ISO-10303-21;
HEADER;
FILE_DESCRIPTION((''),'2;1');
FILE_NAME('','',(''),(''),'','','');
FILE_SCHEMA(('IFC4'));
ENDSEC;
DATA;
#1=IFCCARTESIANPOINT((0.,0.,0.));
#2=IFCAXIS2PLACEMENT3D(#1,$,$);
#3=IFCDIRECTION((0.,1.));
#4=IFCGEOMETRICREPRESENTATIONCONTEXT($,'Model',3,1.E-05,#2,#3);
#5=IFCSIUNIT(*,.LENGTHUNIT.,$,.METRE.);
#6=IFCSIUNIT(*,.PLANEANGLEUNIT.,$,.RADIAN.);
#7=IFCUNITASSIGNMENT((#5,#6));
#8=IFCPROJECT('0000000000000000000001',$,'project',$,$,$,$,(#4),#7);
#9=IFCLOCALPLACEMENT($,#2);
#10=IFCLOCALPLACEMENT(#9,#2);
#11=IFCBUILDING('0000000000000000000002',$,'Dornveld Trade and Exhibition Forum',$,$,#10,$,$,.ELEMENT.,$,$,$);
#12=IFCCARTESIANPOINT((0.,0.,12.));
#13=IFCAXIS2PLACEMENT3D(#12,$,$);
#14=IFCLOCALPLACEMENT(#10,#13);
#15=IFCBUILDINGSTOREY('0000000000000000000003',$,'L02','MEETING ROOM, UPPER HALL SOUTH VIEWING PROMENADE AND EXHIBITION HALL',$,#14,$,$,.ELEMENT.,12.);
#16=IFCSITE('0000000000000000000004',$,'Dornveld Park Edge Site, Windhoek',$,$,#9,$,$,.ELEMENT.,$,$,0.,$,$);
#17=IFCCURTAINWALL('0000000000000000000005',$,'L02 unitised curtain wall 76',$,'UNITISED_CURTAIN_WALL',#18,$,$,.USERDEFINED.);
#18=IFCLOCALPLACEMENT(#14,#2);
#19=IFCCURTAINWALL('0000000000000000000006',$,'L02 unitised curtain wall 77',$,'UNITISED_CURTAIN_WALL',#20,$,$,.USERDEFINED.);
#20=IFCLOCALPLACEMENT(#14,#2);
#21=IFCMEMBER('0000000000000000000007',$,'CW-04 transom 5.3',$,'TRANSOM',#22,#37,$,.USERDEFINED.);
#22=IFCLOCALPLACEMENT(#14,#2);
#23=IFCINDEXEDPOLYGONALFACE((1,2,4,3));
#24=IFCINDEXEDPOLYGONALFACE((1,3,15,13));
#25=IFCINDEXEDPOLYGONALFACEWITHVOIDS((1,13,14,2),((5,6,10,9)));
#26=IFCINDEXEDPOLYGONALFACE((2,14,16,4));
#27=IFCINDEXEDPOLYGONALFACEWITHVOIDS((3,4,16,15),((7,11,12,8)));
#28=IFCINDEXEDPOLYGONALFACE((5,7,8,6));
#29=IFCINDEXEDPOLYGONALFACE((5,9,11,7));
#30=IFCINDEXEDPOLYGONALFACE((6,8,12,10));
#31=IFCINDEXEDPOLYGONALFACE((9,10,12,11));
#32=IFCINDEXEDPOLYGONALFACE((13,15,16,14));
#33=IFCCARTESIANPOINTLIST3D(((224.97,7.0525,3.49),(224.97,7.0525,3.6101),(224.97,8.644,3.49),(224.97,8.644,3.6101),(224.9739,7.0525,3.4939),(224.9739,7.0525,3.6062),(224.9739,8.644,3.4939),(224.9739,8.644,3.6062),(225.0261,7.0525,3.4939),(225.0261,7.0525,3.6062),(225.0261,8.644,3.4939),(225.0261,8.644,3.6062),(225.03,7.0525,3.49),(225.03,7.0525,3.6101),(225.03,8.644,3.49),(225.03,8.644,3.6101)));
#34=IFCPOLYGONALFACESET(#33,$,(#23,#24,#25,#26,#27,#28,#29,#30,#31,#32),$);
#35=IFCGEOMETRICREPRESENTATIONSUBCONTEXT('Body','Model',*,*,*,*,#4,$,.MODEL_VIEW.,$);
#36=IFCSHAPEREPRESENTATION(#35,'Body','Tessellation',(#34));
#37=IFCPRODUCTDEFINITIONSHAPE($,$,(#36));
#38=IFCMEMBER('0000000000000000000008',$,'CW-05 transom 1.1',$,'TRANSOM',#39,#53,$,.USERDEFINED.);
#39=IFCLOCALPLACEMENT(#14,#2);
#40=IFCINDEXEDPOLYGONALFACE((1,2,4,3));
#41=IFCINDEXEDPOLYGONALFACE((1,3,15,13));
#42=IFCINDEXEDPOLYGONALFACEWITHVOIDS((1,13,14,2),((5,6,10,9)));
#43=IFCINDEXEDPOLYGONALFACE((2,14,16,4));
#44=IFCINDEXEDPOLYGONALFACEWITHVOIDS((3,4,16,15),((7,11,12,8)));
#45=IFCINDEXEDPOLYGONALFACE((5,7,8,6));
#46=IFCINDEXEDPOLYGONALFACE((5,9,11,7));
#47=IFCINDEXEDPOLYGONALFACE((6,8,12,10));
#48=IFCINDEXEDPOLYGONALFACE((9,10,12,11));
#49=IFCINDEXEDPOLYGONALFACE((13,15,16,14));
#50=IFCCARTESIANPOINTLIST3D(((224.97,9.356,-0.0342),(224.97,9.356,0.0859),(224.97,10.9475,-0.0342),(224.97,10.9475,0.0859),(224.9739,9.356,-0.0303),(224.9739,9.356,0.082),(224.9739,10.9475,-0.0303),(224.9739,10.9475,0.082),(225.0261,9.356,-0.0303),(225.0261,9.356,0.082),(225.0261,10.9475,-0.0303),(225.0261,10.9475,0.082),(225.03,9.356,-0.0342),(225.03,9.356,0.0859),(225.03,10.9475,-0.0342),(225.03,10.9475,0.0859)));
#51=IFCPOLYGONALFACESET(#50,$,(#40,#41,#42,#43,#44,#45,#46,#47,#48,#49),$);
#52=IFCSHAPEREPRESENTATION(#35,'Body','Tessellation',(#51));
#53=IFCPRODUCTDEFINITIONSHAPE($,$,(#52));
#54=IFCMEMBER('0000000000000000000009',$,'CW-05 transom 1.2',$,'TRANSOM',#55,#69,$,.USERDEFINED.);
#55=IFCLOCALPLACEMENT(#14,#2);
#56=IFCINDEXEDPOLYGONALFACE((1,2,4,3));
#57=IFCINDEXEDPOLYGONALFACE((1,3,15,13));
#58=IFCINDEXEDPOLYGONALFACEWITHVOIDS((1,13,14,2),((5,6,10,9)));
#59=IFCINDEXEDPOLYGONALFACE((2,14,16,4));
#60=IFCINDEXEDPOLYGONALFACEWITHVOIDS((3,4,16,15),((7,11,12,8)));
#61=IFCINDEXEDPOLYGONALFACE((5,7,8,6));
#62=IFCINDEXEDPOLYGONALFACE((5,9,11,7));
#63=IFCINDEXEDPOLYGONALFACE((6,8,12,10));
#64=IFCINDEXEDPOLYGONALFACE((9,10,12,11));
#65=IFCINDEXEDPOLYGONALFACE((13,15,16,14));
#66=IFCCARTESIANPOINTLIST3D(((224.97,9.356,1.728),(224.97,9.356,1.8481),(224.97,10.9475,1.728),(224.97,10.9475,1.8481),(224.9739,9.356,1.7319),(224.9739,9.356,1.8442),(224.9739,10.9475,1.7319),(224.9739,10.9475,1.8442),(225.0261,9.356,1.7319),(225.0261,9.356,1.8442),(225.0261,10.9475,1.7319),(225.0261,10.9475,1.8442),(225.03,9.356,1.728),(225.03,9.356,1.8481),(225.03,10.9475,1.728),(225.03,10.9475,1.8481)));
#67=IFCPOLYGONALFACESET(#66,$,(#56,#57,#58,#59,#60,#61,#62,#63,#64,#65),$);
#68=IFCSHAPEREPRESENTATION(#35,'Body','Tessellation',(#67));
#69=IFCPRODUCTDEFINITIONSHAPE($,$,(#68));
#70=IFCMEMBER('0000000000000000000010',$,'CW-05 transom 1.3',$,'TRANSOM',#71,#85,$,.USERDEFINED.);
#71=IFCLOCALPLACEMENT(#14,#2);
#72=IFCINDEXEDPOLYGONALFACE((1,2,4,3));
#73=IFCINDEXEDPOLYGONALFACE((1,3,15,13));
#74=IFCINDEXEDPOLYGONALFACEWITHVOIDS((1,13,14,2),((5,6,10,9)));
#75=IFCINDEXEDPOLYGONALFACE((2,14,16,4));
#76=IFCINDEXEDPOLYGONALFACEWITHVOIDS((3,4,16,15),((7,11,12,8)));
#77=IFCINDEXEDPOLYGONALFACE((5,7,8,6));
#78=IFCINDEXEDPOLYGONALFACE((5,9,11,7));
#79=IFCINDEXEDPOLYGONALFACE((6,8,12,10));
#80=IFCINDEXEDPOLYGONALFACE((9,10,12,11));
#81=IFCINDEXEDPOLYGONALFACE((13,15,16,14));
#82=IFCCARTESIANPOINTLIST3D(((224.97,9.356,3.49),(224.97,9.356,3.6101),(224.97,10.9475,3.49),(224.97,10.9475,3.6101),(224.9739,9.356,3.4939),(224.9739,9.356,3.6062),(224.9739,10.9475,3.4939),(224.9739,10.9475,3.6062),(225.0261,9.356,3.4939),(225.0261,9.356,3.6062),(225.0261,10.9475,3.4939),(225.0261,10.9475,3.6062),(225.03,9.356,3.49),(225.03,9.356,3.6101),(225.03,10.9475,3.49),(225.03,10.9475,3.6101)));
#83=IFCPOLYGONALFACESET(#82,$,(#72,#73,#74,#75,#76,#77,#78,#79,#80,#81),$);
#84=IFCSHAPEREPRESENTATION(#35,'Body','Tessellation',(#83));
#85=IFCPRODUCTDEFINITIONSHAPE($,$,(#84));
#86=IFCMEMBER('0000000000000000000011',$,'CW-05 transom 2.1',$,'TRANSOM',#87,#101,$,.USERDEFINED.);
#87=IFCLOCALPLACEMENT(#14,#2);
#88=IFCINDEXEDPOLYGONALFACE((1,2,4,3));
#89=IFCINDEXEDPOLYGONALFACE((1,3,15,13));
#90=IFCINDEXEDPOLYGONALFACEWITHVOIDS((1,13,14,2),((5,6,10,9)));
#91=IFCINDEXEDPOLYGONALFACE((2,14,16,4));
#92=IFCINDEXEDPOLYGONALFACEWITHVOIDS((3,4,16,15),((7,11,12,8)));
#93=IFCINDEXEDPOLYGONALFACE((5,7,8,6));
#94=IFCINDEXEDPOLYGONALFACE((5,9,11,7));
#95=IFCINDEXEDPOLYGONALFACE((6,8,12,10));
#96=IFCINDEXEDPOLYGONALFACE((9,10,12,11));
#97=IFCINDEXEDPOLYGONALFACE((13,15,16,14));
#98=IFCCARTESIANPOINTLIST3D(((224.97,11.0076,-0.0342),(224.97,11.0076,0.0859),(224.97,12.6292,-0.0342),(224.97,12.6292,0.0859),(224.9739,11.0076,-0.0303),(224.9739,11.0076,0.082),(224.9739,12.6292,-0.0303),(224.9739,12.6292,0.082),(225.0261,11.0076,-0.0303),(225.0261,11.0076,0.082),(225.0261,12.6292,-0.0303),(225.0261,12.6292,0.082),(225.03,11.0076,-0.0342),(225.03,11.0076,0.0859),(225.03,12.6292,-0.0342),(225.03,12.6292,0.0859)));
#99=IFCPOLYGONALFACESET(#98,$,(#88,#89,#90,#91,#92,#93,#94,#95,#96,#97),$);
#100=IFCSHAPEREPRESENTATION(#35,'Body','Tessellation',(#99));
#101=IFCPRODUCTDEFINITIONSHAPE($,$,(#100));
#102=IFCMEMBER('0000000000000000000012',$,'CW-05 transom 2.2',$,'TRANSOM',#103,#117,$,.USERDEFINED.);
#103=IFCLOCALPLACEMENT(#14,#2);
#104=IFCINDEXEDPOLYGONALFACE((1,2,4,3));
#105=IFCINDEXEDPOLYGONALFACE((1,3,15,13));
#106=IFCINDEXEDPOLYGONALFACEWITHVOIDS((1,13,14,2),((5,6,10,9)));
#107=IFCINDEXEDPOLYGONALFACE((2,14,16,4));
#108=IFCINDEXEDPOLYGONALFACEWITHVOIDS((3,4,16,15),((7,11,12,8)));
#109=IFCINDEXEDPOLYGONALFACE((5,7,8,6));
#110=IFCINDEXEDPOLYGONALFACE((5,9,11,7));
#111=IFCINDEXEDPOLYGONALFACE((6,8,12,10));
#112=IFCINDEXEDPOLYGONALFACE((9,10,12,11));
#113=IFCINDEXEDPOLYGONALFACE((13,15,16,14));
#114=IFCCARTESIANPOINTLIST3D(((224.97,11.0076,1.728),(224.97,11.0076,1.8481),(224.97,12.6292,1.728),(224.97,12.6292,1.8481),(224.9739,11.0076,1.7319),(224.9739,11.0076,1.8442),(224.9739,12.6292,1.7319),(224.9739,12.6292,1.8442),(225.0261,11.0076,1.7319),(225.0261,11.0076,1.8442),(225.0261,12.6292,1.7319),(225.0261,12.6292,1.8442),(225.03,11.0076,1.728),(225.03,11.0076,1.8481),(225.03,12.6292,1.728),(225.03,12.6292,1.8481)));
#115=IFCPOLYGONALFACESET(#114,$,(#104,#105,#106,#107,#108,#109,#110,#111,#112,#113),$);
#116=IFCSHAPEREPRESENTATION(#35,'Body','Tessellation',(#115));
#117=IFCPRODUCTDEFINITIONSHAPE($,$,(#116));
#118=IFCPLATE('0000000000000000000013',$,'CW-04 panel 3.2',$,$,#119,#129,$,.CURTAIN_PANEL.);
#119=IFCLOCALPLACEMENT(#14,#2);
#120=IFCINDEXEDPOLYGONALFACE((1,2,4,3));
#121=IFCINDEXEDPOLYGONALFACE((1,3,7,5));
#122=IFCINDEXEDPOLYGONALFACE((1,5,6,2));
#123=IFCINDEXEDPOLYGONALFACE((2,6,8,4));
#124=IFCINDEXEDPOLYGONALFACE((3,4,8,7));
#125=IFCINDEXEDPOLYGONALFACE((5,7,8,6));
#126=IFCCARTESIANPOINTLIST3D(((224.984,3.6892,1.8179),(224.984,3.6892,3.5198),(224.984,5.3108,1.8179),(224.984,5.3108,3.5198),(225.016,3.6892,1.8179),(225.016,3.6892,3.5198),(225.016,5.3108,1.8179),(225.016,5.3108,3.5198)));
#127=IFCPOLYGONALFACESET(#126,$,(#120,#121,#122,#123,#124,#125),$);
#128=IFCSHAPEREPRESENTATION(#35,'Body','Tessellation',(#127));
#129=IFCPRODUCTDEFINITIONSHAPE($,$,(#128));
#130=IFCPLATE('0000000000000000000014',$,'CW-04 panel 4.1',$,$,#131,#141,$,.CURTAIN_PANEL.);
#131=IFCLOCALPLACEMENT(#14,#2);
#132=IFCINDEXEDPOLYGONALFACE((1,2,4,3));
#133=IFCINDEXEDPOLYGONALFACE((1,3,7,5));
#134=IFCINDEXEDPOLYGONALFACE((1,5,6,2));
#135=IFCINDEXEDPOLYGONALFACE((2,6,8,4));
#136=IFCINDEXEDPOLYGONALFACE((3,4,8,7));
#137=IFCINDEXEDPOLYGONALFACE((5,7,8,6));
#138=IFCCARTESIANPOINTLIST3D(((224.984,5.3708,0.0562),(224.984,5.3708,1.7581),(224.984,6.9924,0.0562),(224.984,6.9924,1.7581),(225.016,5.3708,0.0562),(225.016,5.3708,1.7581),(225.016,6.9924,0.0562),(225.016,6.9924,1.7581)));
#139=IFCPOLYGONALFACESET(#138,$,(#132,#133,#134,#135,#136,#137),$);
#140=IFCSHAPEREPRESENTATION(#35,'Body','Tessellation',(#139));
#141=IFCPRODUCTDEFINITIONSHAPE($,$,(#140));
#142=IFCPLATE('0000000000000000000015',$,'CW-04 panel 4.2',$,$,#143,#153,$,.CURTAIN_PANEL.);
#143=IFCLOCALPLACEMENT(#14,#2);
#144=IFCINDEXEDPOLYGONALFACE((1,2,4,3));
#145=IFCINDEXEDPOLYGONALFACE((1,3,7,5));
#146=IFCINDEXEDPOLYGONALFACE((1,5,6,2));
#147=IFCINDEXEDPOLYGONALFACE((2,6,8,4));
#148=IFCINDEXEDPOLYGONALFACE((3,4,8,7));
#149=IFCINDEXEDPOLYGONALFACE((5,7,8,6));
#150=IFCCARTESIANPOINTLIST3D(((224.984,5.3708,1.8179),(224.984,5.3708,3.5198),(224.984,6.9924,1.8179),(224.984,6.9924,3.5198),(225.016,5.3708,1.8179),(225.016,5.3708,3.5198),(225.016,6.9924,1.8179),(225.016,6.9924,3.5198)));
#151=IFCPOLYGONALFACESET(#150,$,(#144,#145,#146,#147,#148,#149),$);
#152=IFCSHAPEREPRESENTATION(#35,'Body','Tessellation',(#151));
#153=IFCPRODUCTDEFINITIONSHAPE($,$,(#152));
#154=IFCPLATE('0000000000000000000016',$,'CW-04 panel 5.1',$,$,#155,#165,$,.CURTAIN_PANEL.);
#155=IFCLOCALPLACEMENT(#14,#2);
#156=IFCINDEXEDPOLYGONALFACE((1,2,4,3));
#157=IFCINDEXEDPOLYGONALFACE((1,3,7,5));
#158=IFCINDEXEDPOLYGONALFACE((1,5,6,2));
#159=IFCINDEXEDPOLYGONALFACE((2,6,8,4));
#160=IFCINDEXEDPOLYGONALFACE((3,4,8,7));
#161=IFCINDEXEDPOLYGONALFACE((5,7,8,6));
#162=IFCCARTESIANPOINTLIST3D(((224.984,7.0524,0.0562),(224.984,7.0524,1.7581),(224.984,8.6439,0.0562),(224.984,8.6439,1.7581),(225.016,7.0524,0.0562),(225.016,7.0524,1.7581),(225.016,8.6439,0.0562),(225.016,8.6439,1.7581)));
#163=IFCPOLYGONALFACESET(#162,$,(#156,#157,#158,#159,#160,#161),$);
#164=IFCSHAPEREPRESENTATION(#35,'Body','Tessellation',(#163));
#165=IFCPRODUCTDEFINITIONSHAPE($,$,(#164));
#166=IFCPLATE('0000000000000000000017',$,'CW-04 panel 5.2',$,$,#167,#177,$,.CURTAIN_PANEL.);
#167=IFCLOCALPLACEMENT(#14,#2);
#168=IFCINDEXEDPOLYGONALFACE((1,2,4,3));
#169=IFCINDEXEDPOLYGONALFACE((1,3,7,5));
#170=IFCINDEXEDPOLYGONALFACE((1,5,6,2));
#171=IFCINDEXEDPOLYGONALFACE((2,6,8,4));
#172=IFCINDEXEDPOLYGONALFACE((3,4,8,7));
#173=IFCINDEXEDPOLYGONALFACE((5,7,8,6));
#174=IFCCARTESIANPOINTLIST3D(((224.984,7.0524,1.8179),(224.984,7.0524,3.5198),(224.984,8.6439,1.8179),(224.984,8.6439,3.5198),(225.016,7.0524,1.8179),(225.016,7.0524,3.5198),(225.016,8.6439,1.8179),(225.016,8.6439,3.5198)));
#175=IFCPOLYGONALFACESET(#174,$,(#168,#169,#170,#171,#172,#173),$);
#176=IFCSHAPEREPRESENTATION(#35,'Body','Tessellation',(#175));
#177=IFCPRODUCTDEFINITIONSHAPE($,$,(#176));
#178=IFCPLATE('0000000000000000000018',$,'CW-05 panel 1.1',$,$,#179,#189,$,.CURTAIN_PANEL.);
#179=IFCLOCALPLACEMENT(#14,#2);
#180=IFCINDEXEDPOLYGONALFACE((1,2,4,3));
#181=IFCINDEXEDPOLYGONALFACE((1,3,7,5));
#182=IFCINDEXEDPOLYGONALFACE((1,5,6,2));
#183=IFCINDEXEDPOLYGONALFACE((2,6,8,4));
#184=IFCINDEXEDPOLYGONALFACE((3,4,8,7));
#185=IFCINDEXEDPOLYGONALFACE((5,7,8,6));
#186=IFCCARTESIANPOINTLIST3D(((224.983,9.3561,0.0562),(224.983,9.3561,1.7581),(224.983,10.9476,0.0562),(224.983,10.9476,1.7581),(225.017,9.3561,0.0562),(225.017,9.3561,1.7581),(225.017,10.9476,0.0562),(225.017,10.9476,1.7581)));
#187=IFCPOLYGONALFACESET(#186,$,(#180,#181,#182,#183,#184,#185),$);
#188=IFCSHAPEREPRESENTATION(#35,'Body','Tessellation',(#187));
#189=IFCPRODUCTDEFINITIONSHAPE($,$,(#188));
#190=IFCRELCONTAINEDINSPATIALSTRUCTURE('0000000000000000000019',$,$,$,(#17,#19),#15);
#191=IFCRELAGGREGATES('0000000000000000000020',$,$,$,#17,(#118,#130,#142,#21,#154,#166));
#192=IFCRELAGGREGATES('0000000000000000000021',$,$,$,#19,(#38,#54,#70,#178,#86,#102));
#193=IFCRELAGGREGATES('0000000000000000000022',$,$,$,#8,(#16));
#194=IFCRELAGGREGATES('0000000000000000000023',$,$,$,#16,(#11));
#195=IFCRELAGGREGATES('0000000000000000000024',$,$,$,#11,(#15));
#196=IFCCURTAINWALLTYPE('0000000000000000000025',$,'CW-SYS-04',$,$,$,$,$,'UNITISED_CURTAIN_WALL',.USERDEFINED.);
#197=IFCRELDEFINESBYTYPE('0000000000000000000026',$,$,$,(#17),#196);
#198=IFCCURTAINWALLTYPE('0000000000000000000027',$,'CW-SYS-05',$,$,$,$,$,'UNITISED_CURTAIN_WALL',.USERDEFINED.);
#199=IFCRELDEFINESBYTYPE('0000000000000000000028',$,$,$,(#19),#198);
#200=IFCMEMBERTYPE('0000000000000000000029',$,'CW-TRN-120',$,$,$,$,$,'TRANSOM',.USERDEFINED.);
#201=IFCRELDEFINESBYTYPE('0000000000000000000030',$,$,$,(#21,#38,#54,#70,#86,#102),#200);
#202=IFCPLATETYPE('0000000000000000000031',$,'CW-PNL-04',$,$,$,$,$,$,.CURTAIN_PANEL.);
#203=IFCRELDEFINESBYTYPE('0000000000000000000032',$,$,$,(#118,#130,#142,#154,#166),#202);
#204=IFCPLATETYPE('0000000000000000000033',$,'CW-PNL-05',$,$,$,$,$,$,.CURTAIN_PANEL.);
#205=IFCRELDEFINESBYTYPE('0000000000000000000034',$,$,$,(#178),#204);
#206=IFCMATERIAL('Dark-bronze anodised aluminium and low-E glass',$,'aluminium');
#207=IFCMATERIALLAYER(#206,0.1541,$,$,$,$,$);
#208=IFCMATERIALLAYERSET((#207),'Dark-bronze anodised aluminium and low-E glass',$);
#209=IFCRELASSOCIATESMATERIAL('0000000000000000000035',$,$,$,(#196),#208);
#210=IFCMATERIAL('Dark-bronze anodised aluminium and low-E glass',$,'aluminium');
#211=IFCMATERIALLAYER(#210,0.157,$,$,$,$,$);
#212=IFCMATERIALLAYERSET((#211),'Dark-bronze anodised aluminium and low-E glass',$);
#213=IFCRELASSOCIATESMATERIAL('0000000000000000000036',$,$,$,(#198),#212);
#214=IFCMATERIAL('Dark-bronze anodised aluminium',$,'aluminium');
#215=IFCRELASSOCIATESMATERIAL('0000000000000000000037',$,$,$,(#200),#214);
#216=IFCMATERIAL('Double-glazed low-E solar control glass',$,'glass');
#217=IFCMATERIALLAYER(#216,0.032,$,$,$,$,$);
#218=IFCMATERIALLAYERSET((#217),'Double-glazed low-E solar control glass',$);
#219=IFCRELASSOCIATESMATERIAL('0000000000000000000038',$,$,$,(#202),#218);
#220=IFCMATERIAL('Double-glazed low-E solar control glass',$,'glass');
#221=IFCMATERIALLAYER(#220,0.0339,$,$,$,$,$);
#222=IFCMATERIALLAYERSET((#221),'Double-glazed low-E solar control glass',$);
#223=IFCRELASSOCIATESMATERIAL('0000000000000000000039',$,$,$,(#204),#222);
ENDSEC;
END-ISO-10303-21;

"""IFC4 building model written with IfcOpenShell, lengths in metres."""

from ifc_helpers import new_model, si_unit, direction, frame, origin, origin_2d, place, context, subcontext, project, spatial, rectangle, hollow_rectangle, extrude, material, layer, layer_set, material_profile, profile_set, type_object, element, aggregate, save


model = new_model("IFC4")

# Units and contexts
model_context = context("Model", 3, precision=1e-05, world=origin(), true_north=direction((0.0, 1.0)))
body_context = subcontext(model_context, "Body", "Model", "MODEL_VIEW")
ifc_project = project(units=[si_unit("LENGTHUNIT", "METRE"), si_unit("PLANEANGLEUNIT", "RADIAN")], contexts=[model_context])

# Site, building, storey
site_placement = place(None, origin())
site = spatial("IfcSite", under=ifc_project, at=site_placement, Name="Dornveld Park Edge Site, Windhoek", CompositionType="ELEMENT", RefElevation=0.0)
building_placement = place(site_placement, origin())
building = spatial("IfcBuilding", under=site, at=building_placement, Name="Dornveld Trade and Exhibition Forum", CompositionType="ELEMENT")
storey_placement = place(building_placement, frame((0.0, 0.0, 12.0)))
storey = spatial("IfcBuildingStorey", under=building, at=storey_placement, Name="L02", Description="MEETING ROOM, UPPER HALL SOUTH VIEWING PROMENADE AND EXHIBITION HALL", CompositionType="ELEMENT", Elevation=12.0)

# Curtain walls
ifc_material_1 = material(Name="Dark-bronze anodised aluminium and low-E glass", Category="aluminium")
ifc_layer_1 = layer(ifc_material_1, 0.1541)
ifc_layer_set_1 = layer_set([ifc_layer_1], Name="Dark-bronze anodised aluminium and low-E glass")
curtain_wall_type_1 = type_object("IfcCurtainWallType", Name="CW-SYS-04", ElementType="UNITISED_CURTAIN_WALL", PredefinedType="USERDEFINED", material=ifc_layer_set_1)
curtain_wall_1_placement = place(storey_placement, origin())
curtain_wall_1 = element("IfcCurtainWall", 1, at=curtain_wall_1_placement, inside=storey, type_object=curtain_wall_type_1, Name="L02 unitised curtain wall 76", ObjectType="UNITISED_CURTAIN_WALL", PredefinedType="USERDEFINED")
ifc_material_2 = material(Name="Dark-bronze anodised aluminium and low-E glass", Category="aluminium")
ifc_layer_2 = layer(ifc_material_2, 0.157)
ifc_layer_set_2 = layer_set([ifc_layer_2], Name="Dark-bronze anodised aluminium and low-E glass")
curtain_wall_type_2 = type_object("IfcCurtainWallType", Name="CW-SYS-05", ElementType="UNITISED_CURTAIN_WALL", PredefinedType="USERDEFINED", material=ifc_layer_set_2)
curtain_wall_2_placement = place(storey_placement, origin())
curtain_wall_2 = element("IfcCurtainWall", 2, at=curtain_wall_2_placement, inside=storey, type_object=curtain_wall_type_2, Name="L02 unitised curtain wall 77", ObjectType="UNITISED_CURTAIN_WALL", PredefinedType="USERDEFINED")

# Members
ifc_material_3 = material(Name="Dark-bronze anodised aluminium", Category="aluminium")
ifc_material_profile_1 = material_profile(ifc_material_3, hollow_rectangle(XDim=0.0601, YDim=0.1201, WallThickness=0.0039, at=origin_2d()), Name="RHS 120x60x4")
ifc_profile_set_1 = profile_set([ifc_material_profile_1], Name="Dark-bronze anodised aluminium")
member_type_1 = type_object("IfcMemberType", Name="CW-TRN-120", ElementType="TRANSOM", PredefinedType="USERDEFINED", material=ifc_profile_set_1)
member_1_placement = place(storey_placement, frame((225.0, 7.0525, 3.55), z_axis=(0.0, 1.0, 0.0), x_axis=(-1.0, 0.0, 0.0)))
member_1 = element("IfcMember", 3, at=member_1_placement, type_object=member_type_1, Name="CW-04 transom 5.3", ObjectType="TRANSOM", PredefinedType="USERDEFINED", context=body_context, shape_type="SweptSolid", body=[
    extrude(hollow_rectangle(XDim=0.0601, YDim=0.1201, WallThickness=0.0039, at=origin_2d()), origin(), (0.0, 0.0, 1.0), 1.5916),
])
member_2_placement = place(storey_placement, frame((225.0, 9.356, 0.0259), z_axis=(0.0, 1.0, 0.0), x_axis=(-1.0, 0.0, 0.0)))
member_2 = element("IfcMember", 4, at=member_2_placement, type_object=member_type_1, Name="CW-05 transom 1.1", ObjectType="TRANSOM", PredefinedType="USERDEFINED", context=body_context, shape_type="SweptSolid", body=[
    extrude(hollow_rectangle(XDim=0.0601, YDim=0.1201, WallThickness=0.0039, at=origin_2d()), origin(), (0.0, 0.0, 1.0), 1.5916),
])
member_3_placement = place(storey_placement, frame((225.0, 9.356, 1.7881), z_axis=(0.0, 1.0, 0.0), x_axis=(-1.0, 0.0, 0.0)))
member_3 = element("IfcMember", 5, at=member_3_placement, type_object=member_type_1, Name="CW-05 transom 1.2", ObjectType="TRANSOM", PredefinedType="USERDEFINED", context=body_context, shape_type="SweptSolid", body=[
    extrude(hollow_rectangle(XDim=0.0601, YDim=0.1201, WallThickness=0.0039, at=origin_2d()), origin(), (0.0, 0.0, 1.0), 1.5916),
])
member_4_placement = place(storey_placement, frame((225.0, 9.356, 3.55), z_axis=(0.0, 1.0, 0.0), x_axis=(-1.0, 0.0, 0.0)))
member_4 = element("IfcMember", 6, at=member_4_placement, type_object=member_type_1, Name="CW-05 transom 1.3", ObjectType="TRANSOM", PredefinedType="USERDEFINED", context=body_context, shape_type="SweptSolid", body=[
    extrude(hollow_rectangle(XDim=0.0601, YDim=0.1201, WallThickness=0.0039, at=origin_2d()), origin(), (0.0, 0.0, 1.0), 1.5916),
])
member_5_placement = place(storey_placement, frame((225.0, 11.0076, 0.0259), z_axis=(0.0, 1.0, 0.0), x_axis=(-1.0, 0.0, 0.0)))
member_5 = element("IfcMember", 7, at=member_5_placement, type_object=member_type_1, Name="CW-05 transom 2.1", ObjectType="TRANSOM", PredefinedType="USERDEFINED", context=body_context, shape_type="SweptSolid", body=[
    extrude(hollow_rectangle(XDim=0.0601, YDim=0.1201, WallThickness=0.0039, at=origin_2d()), origin(), (0.0, 0.0, 1.0), 1.6216),
])
member_6_placement = place(storey_placement, frame((225.0, 11.0076, 1.7881), z_axis=(0.0, 1.0, 0.0), x_axis=(-1.0, 0.0, 0.0)))
member_6 = element("IfcMember", 8, at=member_6_placement, type_object=member_type_1, Name="CW-05 transom 2.2", ObjectType="TRANSOM", PredefinedType="USERDEFINED", context=body_context, shape_type="SweptSolid", body=[
    extrude(hollow_rectangle(XDim=0.0601, YDim=0.1201, WallThickness=0.0039, at=origin_2d()), origin(), (0.0, 0.0, 1.0), 1.6216),
])

# Plates
ifc_material_4 = material(Name="Double-glazed low-E solar control glass", Category="glass")
ifc_layer_3 = layer(ifc_material_4, 0.032)
ifc_layer_set_3 = layer_set([ifc_layer_3], Name="Double-glazed low-E solar control glass")
plate_type_1 = type_object("IfcPlateType", Name="CW-PNL-04", PredefinedType="CURTAIN_PANEL", material=ifc_layer_set_3)
plate_1_placement = place(storey_placement, frame((225.0, 4.5, 1.8179), z_axis=(0.0, 0.0, 1.0), x_axis=(0.0, 1.0, 0.0)))
plate_1 = element("IfcPlate", 9, at=plate_1_placement, type_object=plate_type_1, Name="CW-04 panel 3.2", PredefinedType="CURTAIN_PANEL", context=body_context, shape_type="SweptSolid", body=[
    extrude(rectangle(XDim=1.6216, YDim=0.032, at=origin_2d()), origin(), (0.0, 0.0, 1.0), 1.7019),
])
plate_2_placement = place(storey_placement, frame((225.0, 6.1816, 0.0562), z_axis=(0.0, 0.0, 1.0), x_axis=(0.0, 1.0, 0.0)))
plate_2 = element("IfcPlate", 10, at=plate_2_placement, type_object=plate_type_1, Name="CW-04 panel 4.1", PredefinedType="CURTAIN_PANEL", context=body_context, shape_type="SweptSolid", body=[
    extrude(rectangle(XDim=1.6216, YDim=0.032, at=origin_2d()), origin(), (0.0, 0.0, 1.0), 1.7019),
])
plate_3_placement = place(storey_placement, frame((225.0, 6.1816, 1.8179), z_axis=(0.0, 0.0, 1.0), x_axis=(0.0, 1.0, 0.0)))
plate_3 = element("IfcPlate", 11, at=plate_3_placement, type_object=plate_type_1, Name="CW-04 panel 4.2", PredefinedType="CURTAIN_PANEL", context=body_context, shape_type="SweptSolid", body=[
    extrude(rectangle(XDim=1.6216, YDim=0.032, at=origin_2d()), origin(), (0.0, 0.0, 1.0), 1.7019),
])
plate_4_placement = place(storey_placement, frame((225.0, 7.8481, 0.0562), z_axis=(0.0, 0.0, 1.0), x_axis=(0.0, 1.0, 0.0)))
plate_4 = element("IfcPlate", 12, at=plate_4_placement, type_object=plate_type_1, Name="CW-04 panel 5.1", PredefinedType="CURTAIN_PANEL", context=body_context, shape_type="SweptSolid", body=[
    extrude(rectangle(XDim=1.5916, YDim=0.032, at=origin_2d()), origin(), (0.0, 0.0, 1.0), 1.7019),
])
plate_5_placement = place(storey_placement, frame((225.0, 7.8481, 1.8179), z_axis=(0.0, 0.0, 1.0), x_axis=(0.0, 1.0, 0.0)))
plate_5 = element("IfcPlate", 13, at=plate_5_placement, type_object=plate_type_1, Name="CW-04 panel 5.2", PredefinedType="CURTAIN_PANEL", context=body_context, shape_type="SweptSolid", body=[
    extrude(rectangle(XDim=1.5916, YDim=0.032, at=origin_2d()), origin(), (0.0, 0.0, 1.0), 1.7019),
])
aggregate(curtain_wall_1, [plate_1, plate_2, plate_3, member_1, plate_4, plate_5])
ifc_material_5 = material(Name="Double-glazed low-E solar control glass", Category="glass")
ifc_layer_4 = layer(ifc_material_5, 0.0339)
ifc_layer_set_4 = layer_set([ifc_layer_4], Name="Double-glazed low-E solar control glass")
plate_type_2 = type_object("IfcPlateType", Name="CW-PNL-05", PredefinedType="CURTAIN_PANEL", material=ifc_layer_set_4)
plate_6_placement = place(storey_placement, frame((225.0, 10.1519, 0.0562), z_axis=(0.0, 0.0, 1.0), x_axis=(0.0, 1.0, 0.0)))
plate_6 = element("IfcPlate", 14, at=plate_6_placement, type_object=plate_type_2, Name="CW-05 panel 1.1", PredefinedType="CURTAIN_PANEL", context=body_context, shape_type="SweptSolid", body=[
    extrude(rectangle(XDim=1.5916, YDim=0.0339, at=origin_2d()), origin(), (0.0, 0.0, 1.0), 1.7019),
])
aggregate(curtain_wall_2, [member_2, member_3, member_4, plate_6, member_5, member_6])

save(model, "model.ifc")
